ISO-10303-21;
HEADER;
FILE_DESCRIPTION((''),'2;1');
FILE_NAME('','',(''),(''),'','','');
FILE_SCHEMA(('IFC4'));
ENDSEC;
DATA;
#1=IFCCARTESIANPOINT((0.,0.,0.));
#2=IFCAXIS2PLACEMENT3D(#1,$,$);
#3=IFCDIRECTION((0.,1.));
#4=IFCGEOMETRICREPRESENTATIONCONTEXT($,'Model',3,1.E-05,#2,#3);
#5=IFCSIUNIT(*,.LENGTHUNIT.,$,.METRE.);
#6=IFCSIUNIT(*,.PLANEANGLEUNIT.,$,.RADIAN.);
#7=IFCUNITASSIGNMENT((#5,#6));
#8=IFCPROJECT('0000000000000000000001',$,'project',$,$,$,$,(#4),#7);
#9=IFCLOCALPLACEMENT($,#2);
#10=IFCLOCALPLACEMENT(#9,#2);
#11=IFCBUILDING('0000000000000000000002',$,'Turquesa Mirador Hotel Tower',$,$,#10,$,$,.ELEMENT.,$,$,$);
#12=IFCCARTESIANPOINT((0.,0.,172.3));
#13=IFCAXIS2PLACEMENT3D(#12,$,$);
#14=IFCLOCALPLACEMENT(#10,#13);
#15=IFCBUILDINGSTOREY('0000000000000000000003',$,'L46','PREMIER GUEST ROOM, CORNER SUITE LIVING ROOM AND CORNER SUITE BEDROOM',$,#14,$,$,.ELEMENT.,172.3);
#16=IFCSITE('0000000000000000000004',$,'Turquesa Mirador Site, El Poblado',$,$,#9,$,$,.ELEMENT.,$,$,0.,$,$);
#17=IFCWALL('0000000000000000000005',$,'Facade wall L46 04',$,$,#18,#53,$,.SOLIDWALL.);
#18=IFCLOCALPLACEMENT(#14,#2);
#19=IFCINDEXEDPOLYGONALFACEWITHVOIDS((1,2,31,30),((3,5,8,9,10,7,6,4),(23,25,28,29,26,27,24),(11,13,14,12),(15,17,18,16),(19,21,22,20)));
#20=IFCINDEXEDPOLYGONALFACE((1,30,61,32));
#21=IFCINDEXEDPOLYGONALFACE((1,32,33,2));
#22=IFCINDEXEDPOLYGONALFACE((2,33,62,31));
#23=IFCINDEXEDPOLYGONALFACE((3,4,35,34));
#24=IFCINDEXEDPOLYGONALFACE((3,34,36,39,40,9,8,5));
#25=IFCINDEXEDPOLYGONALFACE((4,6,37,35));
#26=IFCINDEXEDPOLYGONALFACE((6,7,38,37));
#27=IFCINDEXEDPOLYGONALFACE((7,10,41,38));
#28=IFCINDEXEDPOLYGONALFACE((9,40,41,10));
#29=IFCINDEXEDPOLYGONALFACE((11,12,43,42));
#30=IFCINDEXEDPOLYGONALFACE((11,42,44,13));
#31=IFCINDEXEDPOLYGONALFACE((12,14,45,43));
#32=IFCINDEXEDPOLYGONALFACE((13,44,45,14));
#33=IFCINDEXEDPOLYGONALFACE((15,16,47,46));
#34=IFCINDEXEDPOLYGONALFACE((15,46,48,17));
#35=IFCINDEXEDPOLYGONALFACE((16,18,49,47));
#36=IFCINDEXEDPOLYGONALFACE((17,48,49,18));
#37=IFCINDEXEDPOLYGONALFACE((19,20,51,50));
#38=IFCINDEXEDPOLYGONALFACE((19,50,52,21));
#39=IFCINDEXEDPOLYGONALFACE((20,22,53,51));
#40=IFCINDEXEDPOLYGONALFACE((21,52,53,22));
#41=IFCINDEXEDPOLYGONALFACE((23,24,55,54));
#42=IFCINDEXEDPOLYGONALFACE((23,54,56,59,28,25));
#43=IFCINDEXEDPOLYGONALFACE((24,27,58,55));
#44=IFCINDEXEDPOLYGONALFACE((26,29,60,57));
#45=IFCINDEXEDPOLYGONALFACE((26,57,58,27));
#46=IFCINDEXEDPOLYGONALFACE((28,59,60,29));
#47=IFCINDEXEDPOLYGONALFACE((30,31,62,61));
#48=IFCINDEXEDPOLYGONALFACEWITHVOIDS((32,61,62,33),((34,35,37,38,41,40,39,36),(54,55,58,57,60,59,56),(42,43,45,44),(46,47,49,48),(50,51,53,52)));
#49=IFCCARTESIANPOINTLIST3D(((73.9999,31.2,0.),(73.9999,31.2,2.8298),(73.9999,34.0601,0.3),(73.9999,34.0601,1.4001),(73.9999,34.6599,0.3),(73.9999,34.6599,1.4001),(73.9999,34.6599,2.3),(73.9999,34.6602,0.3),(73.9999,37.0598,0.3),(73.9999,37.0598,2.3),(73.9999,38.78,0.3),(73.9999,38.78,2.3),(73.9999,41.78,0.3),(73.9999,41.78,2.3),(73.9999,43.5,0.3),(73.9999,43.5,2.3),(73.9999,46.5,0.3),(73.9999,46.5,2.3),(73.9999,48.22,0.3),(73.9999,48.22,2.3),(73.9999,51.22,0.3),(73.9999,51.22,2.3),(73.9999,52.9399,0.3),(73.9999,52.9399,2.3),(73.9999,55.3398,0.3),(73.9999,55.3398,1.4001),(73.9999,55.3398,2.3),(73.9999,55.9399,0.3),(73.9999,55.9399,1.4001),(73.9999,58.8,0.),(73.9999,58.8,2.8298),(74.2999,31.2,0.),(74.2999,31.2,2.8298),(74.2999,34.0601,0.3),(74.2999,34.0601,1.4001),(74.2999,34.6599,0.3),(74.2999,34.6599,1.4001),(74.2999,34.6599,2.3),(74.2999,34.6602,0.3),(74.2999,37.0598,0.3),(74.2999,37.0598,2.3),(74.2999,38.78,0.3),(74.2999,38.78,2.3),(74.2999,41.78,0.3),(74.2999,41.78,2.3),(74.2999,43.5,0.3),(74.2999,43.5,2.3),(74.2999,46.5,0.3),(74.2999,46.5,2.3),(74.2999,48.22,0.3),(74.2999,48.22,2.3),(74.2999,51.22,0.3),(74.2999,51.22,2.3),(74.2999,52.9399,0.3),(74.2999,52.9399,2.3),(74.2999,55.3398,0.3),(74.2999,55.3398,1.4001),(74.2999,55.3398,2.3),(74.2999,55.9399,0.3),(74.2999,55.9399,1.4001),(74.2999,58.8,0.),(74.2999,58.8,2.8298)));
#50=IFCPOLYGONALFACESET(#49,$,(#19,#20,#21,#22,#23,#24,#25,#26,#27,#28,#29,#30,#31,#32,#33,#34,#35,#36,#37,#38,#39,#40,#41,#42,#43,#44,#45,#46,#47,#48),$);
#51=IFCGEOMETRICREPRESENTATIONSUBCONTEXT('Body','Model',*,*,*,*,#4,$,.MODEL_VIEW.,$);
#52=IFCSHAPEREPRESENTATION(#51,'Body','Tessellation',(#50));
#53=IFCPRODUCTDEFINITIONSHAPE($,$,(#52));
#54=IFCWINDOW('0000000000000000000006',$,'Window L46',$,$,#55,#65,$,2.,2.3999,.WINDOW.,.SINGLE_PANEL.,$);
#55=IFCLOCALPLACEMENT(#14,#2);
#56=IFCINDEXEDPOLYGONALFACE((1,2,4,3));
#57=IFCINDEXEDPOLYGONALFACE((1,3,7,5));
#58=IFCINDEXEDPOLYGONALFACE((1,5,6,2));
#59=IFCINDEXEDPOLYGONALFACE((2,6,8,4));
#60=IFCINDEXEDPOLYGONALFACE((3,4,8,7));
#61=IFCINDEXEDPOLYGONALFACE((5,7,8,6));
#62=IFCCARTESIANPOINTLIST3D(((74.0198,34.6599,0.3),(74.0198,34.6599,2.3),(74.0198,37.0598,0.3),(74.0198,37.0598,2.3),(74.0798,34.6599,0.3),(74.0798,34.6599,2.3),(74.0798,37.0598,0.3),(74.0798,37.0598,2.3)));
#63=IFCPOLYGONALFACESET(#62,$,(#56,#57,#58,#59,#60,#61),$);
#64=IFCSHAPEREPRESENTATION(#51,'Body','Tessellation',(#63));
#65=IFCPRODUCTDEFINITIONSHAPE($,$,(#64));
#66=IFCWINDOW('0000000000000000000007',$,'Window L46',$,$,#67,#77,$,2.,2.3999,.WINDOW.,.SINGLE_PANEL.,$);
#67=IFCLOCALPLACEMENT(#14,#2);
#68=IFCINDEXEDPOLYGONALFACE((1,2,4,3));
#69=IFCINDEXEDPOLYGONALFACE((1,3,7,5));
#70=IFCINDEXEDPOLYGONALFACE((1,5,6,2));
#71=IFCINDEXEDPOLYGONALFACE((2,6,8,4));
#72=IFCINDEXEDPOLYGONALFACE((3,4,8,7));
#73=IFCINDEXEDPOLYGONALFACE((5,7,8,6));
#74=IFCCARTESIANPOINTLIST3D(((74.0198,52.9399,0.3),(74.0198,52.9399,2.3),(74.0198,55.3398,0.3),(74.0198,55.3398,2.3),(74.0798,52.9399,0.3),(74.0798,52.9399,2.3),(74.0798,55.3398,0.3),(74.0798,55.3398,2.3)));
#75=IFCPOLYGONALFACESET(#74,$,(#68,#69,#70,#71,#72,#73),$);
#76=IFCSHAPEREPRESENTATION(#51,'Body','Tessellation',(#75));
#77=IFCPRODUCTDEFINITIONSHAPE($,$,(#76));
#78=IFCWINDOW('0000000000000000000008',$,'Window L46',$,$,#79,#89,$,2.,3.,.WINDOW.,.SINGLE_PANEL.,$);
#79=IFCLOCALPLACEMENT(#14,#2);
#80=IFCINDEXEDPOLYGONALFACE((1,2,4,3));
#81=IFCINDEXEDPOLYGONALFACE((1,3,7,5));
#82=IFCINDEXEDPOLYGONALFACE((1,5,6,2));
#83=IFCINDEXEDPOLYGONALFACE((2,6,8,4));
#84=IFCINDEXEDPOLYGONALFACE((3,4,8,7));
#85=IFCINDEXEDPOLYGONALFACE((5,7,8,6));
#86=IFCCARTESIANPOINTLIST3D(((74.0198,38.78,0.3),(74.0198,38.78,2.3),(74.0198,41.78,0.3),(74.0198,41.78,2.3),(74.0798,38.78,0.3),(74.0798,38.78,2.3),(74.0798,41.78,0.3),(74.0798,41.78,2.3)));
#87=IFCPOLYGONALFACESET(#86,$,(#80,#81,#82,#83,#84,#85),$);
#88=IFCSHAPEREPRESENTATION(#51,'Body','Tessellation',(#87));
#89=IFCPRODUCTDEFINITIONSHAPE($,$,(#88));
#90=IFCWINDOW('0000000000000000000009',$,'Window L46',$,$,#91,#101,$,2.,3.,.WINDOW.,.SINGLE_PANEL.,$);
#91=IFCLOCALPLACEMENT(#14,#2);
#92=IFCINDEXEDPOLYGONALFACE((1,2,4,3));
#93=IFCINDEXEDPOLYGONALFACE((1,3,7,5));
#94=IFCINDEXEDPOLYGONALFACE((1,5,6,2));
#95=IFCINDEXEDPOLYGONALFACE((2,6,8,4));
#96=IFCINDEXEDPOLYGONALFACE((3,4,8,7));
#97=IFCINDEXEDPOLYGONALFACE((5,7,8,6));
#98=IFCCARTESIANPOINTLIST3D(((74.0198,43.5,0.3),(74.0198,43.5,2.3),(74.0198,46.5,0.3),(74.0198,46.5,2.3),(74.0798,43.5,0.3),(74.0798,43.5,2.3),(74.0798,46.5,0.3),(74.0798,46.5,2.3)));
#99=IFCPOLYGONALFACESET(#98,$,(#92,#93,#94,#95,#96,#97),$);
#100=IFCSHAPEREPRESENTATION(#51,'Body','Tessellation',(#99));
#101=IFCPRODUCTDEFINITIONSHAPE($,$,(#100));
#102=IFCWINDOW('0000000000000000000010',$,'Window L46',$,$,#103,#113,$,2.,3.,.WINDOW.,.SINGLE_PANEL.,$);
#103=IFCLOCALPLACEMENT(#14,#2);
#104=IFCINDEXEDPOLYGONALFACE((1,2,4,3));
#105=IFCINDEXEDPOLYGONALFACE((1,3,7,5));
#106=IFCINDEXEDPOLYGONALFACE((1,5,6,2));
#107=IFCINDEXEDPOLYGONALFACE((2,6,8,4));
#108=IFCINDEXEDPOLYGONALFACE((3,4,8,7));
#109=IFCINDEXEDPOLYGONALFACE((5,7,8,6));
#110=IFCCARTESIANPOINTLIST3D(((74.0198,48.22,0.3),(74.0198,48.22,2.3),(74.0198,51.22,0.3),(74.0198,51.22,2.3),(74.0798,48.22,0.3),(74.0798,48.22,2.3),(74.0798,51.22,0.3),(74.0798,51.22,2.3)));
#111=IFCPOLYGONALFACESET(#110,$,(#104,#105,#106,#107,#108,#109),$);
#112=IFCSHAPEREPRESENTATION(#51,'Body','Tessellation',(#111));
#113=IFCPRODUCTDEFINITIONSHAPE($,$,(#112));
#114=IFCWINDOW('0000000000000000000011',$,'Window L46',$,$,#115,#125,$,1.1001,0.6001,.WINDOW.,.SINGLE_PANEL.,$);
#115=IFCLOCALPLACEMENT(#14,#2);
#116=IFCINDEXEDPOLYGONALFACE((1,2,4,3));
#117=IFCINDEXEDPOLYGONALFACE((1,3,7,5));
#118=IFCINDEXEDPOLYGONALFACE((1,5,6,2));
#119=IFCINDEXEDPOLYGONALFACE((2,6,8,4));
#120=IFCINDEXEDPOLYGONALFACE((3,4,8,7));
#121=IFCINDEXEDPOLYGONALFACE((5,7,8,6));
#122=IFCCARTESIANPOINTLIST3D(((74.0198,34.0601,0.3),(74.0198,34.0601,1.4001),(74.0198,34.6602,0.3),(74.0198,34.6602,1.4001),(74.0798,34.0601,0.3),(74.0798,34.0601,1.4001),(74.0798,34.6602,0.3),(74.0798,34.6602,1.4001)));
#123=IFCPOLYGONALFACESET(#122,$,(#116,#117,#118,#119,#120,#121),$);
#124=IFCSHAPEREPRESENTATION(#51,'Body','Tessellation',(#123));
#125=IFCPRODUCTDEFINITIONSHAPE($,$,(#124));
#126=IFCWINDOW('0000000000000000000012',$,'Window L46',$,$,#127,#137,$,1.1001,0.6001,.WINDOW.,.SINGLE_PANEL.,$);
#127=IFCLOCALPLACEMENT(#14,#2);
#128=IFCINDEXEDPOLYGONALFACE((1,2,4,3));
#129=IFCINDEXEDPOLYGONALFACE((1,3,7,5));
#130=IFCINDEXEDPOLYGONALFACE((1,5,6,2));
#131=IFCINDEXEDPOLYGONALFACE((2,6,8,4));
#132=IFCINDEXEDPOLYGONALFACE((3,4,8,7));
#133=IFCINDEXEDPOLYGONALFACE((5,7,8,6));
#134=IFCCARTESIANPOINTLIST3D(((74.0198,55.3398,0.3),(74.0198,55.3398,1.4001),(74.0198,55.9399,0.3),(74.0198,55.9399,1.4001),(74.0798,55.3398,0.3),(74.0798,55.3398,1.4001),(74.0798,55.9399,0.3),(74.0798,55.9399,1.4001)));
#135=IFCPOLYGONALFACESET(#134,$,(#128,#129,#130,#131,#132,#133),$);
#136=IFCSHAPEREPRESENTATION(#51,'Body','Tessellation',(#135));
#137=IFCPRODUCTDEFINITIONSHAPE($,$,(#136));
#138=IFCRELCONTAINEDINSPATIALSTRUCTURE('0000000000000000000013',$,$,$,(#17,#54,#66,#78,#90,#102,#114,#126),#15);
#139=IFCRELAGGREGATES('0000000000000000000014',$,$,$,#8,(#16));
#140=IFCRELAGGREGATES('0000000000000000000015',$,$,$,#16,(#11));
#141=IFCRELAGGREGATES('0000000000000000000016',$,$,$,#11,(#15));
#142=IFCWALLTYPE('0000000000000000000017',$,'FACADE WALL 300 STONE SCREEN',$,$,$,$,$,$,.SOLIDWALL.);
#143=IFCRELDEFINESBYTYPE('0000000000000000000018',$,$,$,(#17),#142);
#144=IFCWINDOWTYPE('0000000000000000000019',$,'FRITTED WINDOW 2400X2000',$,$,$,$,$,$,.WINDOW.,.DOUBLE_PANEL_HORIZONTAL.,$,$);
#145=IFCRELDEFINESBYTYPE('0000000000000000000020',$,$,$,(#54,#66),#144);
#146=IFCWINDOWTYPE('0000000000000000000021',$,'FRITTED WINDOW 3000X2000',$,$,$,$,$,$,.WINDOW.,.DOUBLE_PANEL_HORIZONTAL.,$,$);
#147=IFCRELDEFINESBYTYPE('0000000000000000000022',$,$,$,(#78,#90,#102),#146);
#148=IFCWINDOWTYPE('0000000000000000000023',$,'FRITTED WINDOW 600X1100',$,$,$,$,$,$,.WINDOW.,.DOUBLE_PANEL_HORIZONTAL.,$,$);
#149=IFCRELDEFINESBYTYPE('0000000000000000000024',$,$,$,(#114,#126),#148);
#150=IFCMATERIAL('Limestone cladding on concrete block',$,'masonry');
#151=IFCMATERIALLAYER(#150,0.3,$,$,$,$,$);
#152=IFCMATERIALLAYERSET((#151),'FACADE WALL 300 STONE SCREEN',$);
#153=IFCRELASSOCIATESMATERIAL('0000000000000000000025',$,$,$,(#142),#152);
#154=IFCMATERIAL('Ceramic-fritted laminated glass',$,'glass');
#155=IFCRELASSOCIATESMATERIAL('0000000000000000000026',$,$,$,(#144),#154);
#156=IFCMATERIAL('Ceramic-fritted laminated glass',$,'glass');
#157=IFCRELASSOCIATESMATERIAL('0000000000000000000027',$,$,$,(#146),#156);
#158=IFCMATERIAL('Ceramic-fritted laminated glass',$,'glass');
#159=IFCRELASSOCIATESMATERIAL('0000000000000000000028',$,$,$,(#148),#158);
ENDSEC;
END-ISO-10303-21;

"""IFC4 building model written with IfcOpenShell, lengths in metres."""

from ifc_helpers import new_model, si_unit, direction, frame, frame_2d, origin, place, context, subcontext, project, spatial, rectangle, extrude, material, layer, layer_set, type_object, element, fill, save


model = new_model("IFC4")

# Units and contexts
model_context = context("Model", 3, precision=1e-05, world=origin(), true_north=direction((0.0, 1.0)))
body_context = subcontext(model_context, "Body", "Model", "MODEL_VIEW")
ifc_project = project(units=[si_unit("LENGTHUNIT", "METRE"), si_unit("PLANEANGLEUNIT", "RADIAN")], contexts=[model_context])

# Site, building, storey
site_placement = place(None, origin())
site = spatial("IfcSite", under=ifc_project, at=site_placement, Name="Turquesa Mirador Site, El Poblado", CompositionType="ELEMENT", RefElevation=0.0)
building_placement = place(site_placement, origin())
building = spatial("IfcBuilding", under=site, at=building_placement, Name="Turquesa Mirador Hotel Tower", CompositionType="ELEMENT")
storey_placement = place(building_placement, frame((0.0, 0.0, 172.3)))
storey = spatial("IfcBuildingStorey", under=building, at=storey_placement, Name="L46", Description="PREMIER GUEST ROOM, CORNER SUITE LIVING ROOM AND CORNER SUITE BEDROOM", CompositionType="ELEMENT", Elevation=172.3)

# Shared definitions
ifc_material_1 = material(Name="Limestone cladding on concrete block", Category="masonry")
ifc_layer = layer(ifc_material_1, 0.3)
ifc_layer_set = layer_set([ifc_layer], Name="FACADE WALL 300 STONE SCREEN")
wall_type = type_object("IfcWallType", Name="FACADE WALL 300 STONE SCREEN", PredefinedType="SOLIDWALL", material=ifc_layer_set)

# Wall, openings, windows
wall_1_placement = place(storey_placement, frame((74.1499, 31.2, 0.0), z_axis=(0.0, 0.0, 1.0), x_axis=(0.0, 1.0, 0.0)))
wall_1 = element("IfcWall", 1, at=wall_1_placement, inside=storey, type_object=wall_type, Name="Facade wall L46 04", PredefinedType="SOLIDWALL", context=body_context, shape_type="SweptSolid", body=[
    extrude(rectangle(XDim=27.6001, YDim=0.3, at=frame_2d((13.8, 0.0))), origin(), (0.0, 0.0, 1.0), 2.8298),
])
opening_1_placement = place(wall_1_placement, frame((3.46, 0.0, 0.3)))
opening_1 = element("IfcOpeningElement", 2, at=opening_1_placement, cuts=wall_1, PredefinedType="OPENING", context=body_context, shape_type="SweptSolid", body=[
    extrude(rectangle(XDim=2.3999, YDim=2.0, at=frame_2d((1.2, 1.0))), frame((0.0, 0.1599, 0.0), z_axis=(0.0, -1.0, 0.0), x_axis=(1.0, 0.0, 0.0)), (0.0, 0.0, 1.0), 0.3201),
])
opening_2_placement = place(wall_1_placement, frame((7.5801, 0.0, 0.3)))
opening_2 = element("IfcOpeningElement", 3, at=opening_2_placement, cuts=wall_1, PredefinedType="OPENING", context=body_context, shape_type="SweptSolid", body=[
    extrude(rectangle(XDim=3.0, YDim=2.0, at=frame_2d((1.5, 1.0))), frame((0.0, 0.1599, 0.0), z_axis=(0.0, -1.0, 0.0), x_axis=(1.0, 0.0, 0.0)), (0.0, 0.0, 1.0), 0.3201),
])
opening_3_placement = place(wall_1_placement, frame((12.3, 0.0, 0.3)))
opening_3 = element("IfcOpeningElement", 4, at=opening_3_placement, cuts=wall_1, PredefinedType="OPENING", context=body_context, shape_type="SweptSolid", body=[
    extrude(rectangle(XDim=3.0, YDim=2.0, at=frame_2d((1.5, 1.0))), frame((0.0, 0.1599, 0.0), z_axis=(0.0, -1.0, 0.0), x_axis=(1.0, 0.0, 0.0)), (0.0, 0.0, 1.0), 0.3201),
])
opening_4_placement = place(wall_1_placement, frame((17.02, 0.0, 0.3)))
opening_4 = element("IfcOpeningElement", 5, at=opening_4_placement, cuts=wall_1, PredefinedType="OPENING", context=body_context, shape_type="SweptSolid", body=[
    extrude(rectangle(XDim=3.0, YDim=2.0, at=frame_2d((1.5, 1.0))), frame((0.0, 0.1599, 0.0), z_axis=(0.0, -1.0, 0.0), x_axis=(1.0, 0.0, 0.0)), (0.0, 0.0, 1.0), 0.3201),
])
opening_5_placement = place(wall_1_placement, frame((21.74, 0.0, 0.3)))
opening_5 = element("IfcOpeningElement", 6, at=opening_5_placement, cuts=wall_1, PredefinedType="OPENING", context=body_context, shape_type="SweptSolid", body=[
    extrude(rectangle(XDim=2.3999, YDim=2.0, at=frame_2d((1.2, 1.0))), frame((0.0, 0.1599, 0.0), z_axis=(0.0, -1.0, 0.0), x_axis=(1.0, 0.0, 0.0)), (0.0, 0.0, 1.0), 0.3201),
])
opening_6_placement = place(wall_1_placement, frame((2.8601, 0.0, 0.3)))
opening_6 = element("IfcOpeningElement", 7, at=opening_6_placement, cuts=wall_1, PredefinedType="OPENING", context=body_context, shape_type="SweptSolid", body=[
    extrude(rectangle(XDim=0.6001, YDim=1.1001, at=frame_2d((0.3, 0.55))), frame((0.0, 0.1599, 0.0), z_axis=(0.0, -1.0, 0.0), x_axis=(1.0, 0.0, 0.0)), (0.0, 0.0, 1.0), 0.3201),
])
opening_7_placement = place(wall_1_placement, frame((24.1399, 0.0, 0.3)))
opening_7 = element("IfcOpeningElement", 8, at=opening_7_placement, cuts=wall_1, PredefinedType="OPENING", context=body_context, shape_type="SweptSolid", body=[
    extrude(rectangle(XDim=0.6001, YDim=1.1001, at=frame_2d((0.3, 0.55))), frame((0.0, 0.1599, 0.0), z_axis=(0.0, -1.0, 0.0), x_axis=(1.0, 0.0, 0.0)), (0.0, 0.0, 1.0), 0.3201),
])
ifc_material_2 = material(Name="Ceramic-fritted laminated glass", Category="glass")
window_type_1 = type_object("IfcWindowType", Name="FRITTED WINDOW 2400X2000", PartitioningType="DOUBLE_PANEL_HORIZONTAL", PredefinedType="WINDOW", material=ifc_material_2)
window_1_placement = place(opening_1_placement, origin())
window_1 = element("IfcWindow", 9, at=window_1_placement, inside=storey, type_object=window_type_1, Name="Window L46", OverallHeight=2.0, OverallWidth=2.3999, PartitioningType="SINGLE_PANEL", PredefinedType="WINDOW", context=body_context, shape_type="SweptSolid", body=[
    extrude(rectangle(XDim=2.3999, YDim=2.0, at=frame_2d((1.2, 1.0))), frame((0.0, 0.1301, 0.0), z_axis=(0.0, -1.0, 0.0), x_axis=(1.0, 0.0, 0.0)), (0.0, 0.0, 1.0), 0.0601),
])
fill(opening_1, window_1)
window_2_placement = place(opening_5_placement, origin())
window_2 = element("IfcWindow", 10, at=window_2_placement, inside=storey, type_object=window_type_1, Name="Window L46", OverallHeight=2.0, OverallWidth=2.3999, PartitioningType="SINGLE_PANEL", PredefinedType="WINDOW", context=body_context, shape_type="SweptSolid", body=[
    extrude(rectangle(XDim=2.3999, YDim=2.0, at=frame_2d((1.2, 1.0))), frame((0.0, 0.1301, 0.0), z_axis=(0.0, -1.0, 0.0), x_axis=(1.0, 0.0, 0.0)), (0.0, 0.0, 1.0), 0.0601),
])
fill(opening_5, window_2)
ifc_material_3 = material(Name="Ceramic-fritted laminated glass", Category="glass")
window_type_2 = type_object("IfcWindowType", Name="FRITTED WINDOW 3000X2000", PartitioningType="DOUBLE_PANEL_HORIZONTAL", PredefinedType="WINDOW", material=ifc_material_3)
window_3_placement = place(opening_2_placement, origin())
window_3 = element("IfcWindow", 11, at=window_3_placement, inside=storey, type_object=window_type_2, Name="Window L46", OverallHeight=2.0, OverallWidth=3.0, PartitioningType="SINGLE_PANEL", PredefinedType="WINDOW", context=body_context, shape_type="SweptSolid", body=[
    extrude(rectangle(XDim=3.0, YDim=2.0, at=frame_2d((1.5, 1.0))), frame((0.0, 0.1301, 0.0), z_axis=(0.0, -1.0, 0.0), x_axis=(1.0, 0.0, 0.0)), (0.0, 0.0, 1.0), 0.0601),
])
fill(opening_2, window_3)
window_4_placement = place(opening_3_placement, origin())
window_4 = element("IfcWindow", 12, at=window_4_placement, inside=storey, type_object=window_type_2, Name="Window L46", OverallHeight=2.0, OverallWidth=3.0, PartitioningType="SINGLE_PANEL", PredefinedType="WINDOW", context=body_context, shape_type="SweptSolid", body=[
    extrude(rectangle(XDim=3.0, YDim=2.0, at=frame_2d((1.5, 1.0))), frame((0.0, 0.1301, 0.0), z_axis=(0.0, -1.0, 0.0), x_axis=(1.0, 0.0, 0.0)), (0.0, 0.0, 1.0), 0.0601),
])
fill(opening_3, window_4)
window_5_placement = place(opening_4_placement, origin())
window_5 = element("IfcWindow", 13, at=window_5_placement, inside=storey, type_object=window_type_2, Name="Window L46", OverallHeight=2.0, OverallWidth=3.0, PartitioningType="SINGLE_PANEL", PredefinedType="WINDOW", context=body_context, shape_type="SweptSolid", body=[
    extrude(rectangle(XDim=3.0, YDim=2.0, at=frame_2d((1.5, 1.0))), frame((0.0, 0.1301, 0.0), z_axis=(0.0, -1.0, 0.0), x_axis=(1.0, 0.0, 0.0)), (0.0, 0.0, 1.0), 0.0601),
])
fill(opening_4, window_5)
ifc_material_4 = material(Name="Ceramic-fritted laminated glass", Category="glass")
window_type_3 = type_object("IfcWindowType", Name="FRITTED WINDOW 600X1100", PartitioningType="DOUBLE_PANEL_HORIZONTAL", PredefinedType="WINDOW", material=ifc_material_4)
window_6_placement = place(opening_6_placement, origin())
window_6 = element("IfcWindow", 14, at=window_6_placement, inside=storey, type_object=window_type_3, Name="Window L46", OverallHeight=1.1001, OverallWidth=0.6001, PartitioningType="SINGLE_PANEL", PredefinedType="WINDOW", context=body_context, shape_type="SweptSolid", body=[
    extrude(rectangle(XDim=0.6001, YDim=1.1001, at=frame_2d((0.3, 0.55))), frame((0.0, 0.1301, 0.0), z_axis=(0.0, -1.0, 0.0), x_axis=(1.0, 0.0, 0.0)), (0.0, 0.0, 1.0), 0.0601),
])
fill(opening_6, window_6)
window_7_placement = place(opening_7_placement, origin())
window_7 = element("IfcWindow", 15, at=window_7_placement, inside=storey, type_object=window_type_3, Name="Window L46", OverallHeight=1.1001, OverallWidth=0.6001, PartitioningType="SINGLE_PANEL", PredefinedType="WINDOW", context=body_context, shape_type="SweptSolid", body=[
    extrude(rectangle(XDim=0.6001, YDim=1.1001, at=frame_2d((0.3, 0.55))), frame((0.0, 0.1301, 0.0), z_axis=(0.0, -1.0, 0.0), x_axis=(1.0, 0.0, 0.0)), (0.0, 0.0, 1.0), 0.0601),
])
fill(opening_7, window_7)

save(model, "model.ifc")
